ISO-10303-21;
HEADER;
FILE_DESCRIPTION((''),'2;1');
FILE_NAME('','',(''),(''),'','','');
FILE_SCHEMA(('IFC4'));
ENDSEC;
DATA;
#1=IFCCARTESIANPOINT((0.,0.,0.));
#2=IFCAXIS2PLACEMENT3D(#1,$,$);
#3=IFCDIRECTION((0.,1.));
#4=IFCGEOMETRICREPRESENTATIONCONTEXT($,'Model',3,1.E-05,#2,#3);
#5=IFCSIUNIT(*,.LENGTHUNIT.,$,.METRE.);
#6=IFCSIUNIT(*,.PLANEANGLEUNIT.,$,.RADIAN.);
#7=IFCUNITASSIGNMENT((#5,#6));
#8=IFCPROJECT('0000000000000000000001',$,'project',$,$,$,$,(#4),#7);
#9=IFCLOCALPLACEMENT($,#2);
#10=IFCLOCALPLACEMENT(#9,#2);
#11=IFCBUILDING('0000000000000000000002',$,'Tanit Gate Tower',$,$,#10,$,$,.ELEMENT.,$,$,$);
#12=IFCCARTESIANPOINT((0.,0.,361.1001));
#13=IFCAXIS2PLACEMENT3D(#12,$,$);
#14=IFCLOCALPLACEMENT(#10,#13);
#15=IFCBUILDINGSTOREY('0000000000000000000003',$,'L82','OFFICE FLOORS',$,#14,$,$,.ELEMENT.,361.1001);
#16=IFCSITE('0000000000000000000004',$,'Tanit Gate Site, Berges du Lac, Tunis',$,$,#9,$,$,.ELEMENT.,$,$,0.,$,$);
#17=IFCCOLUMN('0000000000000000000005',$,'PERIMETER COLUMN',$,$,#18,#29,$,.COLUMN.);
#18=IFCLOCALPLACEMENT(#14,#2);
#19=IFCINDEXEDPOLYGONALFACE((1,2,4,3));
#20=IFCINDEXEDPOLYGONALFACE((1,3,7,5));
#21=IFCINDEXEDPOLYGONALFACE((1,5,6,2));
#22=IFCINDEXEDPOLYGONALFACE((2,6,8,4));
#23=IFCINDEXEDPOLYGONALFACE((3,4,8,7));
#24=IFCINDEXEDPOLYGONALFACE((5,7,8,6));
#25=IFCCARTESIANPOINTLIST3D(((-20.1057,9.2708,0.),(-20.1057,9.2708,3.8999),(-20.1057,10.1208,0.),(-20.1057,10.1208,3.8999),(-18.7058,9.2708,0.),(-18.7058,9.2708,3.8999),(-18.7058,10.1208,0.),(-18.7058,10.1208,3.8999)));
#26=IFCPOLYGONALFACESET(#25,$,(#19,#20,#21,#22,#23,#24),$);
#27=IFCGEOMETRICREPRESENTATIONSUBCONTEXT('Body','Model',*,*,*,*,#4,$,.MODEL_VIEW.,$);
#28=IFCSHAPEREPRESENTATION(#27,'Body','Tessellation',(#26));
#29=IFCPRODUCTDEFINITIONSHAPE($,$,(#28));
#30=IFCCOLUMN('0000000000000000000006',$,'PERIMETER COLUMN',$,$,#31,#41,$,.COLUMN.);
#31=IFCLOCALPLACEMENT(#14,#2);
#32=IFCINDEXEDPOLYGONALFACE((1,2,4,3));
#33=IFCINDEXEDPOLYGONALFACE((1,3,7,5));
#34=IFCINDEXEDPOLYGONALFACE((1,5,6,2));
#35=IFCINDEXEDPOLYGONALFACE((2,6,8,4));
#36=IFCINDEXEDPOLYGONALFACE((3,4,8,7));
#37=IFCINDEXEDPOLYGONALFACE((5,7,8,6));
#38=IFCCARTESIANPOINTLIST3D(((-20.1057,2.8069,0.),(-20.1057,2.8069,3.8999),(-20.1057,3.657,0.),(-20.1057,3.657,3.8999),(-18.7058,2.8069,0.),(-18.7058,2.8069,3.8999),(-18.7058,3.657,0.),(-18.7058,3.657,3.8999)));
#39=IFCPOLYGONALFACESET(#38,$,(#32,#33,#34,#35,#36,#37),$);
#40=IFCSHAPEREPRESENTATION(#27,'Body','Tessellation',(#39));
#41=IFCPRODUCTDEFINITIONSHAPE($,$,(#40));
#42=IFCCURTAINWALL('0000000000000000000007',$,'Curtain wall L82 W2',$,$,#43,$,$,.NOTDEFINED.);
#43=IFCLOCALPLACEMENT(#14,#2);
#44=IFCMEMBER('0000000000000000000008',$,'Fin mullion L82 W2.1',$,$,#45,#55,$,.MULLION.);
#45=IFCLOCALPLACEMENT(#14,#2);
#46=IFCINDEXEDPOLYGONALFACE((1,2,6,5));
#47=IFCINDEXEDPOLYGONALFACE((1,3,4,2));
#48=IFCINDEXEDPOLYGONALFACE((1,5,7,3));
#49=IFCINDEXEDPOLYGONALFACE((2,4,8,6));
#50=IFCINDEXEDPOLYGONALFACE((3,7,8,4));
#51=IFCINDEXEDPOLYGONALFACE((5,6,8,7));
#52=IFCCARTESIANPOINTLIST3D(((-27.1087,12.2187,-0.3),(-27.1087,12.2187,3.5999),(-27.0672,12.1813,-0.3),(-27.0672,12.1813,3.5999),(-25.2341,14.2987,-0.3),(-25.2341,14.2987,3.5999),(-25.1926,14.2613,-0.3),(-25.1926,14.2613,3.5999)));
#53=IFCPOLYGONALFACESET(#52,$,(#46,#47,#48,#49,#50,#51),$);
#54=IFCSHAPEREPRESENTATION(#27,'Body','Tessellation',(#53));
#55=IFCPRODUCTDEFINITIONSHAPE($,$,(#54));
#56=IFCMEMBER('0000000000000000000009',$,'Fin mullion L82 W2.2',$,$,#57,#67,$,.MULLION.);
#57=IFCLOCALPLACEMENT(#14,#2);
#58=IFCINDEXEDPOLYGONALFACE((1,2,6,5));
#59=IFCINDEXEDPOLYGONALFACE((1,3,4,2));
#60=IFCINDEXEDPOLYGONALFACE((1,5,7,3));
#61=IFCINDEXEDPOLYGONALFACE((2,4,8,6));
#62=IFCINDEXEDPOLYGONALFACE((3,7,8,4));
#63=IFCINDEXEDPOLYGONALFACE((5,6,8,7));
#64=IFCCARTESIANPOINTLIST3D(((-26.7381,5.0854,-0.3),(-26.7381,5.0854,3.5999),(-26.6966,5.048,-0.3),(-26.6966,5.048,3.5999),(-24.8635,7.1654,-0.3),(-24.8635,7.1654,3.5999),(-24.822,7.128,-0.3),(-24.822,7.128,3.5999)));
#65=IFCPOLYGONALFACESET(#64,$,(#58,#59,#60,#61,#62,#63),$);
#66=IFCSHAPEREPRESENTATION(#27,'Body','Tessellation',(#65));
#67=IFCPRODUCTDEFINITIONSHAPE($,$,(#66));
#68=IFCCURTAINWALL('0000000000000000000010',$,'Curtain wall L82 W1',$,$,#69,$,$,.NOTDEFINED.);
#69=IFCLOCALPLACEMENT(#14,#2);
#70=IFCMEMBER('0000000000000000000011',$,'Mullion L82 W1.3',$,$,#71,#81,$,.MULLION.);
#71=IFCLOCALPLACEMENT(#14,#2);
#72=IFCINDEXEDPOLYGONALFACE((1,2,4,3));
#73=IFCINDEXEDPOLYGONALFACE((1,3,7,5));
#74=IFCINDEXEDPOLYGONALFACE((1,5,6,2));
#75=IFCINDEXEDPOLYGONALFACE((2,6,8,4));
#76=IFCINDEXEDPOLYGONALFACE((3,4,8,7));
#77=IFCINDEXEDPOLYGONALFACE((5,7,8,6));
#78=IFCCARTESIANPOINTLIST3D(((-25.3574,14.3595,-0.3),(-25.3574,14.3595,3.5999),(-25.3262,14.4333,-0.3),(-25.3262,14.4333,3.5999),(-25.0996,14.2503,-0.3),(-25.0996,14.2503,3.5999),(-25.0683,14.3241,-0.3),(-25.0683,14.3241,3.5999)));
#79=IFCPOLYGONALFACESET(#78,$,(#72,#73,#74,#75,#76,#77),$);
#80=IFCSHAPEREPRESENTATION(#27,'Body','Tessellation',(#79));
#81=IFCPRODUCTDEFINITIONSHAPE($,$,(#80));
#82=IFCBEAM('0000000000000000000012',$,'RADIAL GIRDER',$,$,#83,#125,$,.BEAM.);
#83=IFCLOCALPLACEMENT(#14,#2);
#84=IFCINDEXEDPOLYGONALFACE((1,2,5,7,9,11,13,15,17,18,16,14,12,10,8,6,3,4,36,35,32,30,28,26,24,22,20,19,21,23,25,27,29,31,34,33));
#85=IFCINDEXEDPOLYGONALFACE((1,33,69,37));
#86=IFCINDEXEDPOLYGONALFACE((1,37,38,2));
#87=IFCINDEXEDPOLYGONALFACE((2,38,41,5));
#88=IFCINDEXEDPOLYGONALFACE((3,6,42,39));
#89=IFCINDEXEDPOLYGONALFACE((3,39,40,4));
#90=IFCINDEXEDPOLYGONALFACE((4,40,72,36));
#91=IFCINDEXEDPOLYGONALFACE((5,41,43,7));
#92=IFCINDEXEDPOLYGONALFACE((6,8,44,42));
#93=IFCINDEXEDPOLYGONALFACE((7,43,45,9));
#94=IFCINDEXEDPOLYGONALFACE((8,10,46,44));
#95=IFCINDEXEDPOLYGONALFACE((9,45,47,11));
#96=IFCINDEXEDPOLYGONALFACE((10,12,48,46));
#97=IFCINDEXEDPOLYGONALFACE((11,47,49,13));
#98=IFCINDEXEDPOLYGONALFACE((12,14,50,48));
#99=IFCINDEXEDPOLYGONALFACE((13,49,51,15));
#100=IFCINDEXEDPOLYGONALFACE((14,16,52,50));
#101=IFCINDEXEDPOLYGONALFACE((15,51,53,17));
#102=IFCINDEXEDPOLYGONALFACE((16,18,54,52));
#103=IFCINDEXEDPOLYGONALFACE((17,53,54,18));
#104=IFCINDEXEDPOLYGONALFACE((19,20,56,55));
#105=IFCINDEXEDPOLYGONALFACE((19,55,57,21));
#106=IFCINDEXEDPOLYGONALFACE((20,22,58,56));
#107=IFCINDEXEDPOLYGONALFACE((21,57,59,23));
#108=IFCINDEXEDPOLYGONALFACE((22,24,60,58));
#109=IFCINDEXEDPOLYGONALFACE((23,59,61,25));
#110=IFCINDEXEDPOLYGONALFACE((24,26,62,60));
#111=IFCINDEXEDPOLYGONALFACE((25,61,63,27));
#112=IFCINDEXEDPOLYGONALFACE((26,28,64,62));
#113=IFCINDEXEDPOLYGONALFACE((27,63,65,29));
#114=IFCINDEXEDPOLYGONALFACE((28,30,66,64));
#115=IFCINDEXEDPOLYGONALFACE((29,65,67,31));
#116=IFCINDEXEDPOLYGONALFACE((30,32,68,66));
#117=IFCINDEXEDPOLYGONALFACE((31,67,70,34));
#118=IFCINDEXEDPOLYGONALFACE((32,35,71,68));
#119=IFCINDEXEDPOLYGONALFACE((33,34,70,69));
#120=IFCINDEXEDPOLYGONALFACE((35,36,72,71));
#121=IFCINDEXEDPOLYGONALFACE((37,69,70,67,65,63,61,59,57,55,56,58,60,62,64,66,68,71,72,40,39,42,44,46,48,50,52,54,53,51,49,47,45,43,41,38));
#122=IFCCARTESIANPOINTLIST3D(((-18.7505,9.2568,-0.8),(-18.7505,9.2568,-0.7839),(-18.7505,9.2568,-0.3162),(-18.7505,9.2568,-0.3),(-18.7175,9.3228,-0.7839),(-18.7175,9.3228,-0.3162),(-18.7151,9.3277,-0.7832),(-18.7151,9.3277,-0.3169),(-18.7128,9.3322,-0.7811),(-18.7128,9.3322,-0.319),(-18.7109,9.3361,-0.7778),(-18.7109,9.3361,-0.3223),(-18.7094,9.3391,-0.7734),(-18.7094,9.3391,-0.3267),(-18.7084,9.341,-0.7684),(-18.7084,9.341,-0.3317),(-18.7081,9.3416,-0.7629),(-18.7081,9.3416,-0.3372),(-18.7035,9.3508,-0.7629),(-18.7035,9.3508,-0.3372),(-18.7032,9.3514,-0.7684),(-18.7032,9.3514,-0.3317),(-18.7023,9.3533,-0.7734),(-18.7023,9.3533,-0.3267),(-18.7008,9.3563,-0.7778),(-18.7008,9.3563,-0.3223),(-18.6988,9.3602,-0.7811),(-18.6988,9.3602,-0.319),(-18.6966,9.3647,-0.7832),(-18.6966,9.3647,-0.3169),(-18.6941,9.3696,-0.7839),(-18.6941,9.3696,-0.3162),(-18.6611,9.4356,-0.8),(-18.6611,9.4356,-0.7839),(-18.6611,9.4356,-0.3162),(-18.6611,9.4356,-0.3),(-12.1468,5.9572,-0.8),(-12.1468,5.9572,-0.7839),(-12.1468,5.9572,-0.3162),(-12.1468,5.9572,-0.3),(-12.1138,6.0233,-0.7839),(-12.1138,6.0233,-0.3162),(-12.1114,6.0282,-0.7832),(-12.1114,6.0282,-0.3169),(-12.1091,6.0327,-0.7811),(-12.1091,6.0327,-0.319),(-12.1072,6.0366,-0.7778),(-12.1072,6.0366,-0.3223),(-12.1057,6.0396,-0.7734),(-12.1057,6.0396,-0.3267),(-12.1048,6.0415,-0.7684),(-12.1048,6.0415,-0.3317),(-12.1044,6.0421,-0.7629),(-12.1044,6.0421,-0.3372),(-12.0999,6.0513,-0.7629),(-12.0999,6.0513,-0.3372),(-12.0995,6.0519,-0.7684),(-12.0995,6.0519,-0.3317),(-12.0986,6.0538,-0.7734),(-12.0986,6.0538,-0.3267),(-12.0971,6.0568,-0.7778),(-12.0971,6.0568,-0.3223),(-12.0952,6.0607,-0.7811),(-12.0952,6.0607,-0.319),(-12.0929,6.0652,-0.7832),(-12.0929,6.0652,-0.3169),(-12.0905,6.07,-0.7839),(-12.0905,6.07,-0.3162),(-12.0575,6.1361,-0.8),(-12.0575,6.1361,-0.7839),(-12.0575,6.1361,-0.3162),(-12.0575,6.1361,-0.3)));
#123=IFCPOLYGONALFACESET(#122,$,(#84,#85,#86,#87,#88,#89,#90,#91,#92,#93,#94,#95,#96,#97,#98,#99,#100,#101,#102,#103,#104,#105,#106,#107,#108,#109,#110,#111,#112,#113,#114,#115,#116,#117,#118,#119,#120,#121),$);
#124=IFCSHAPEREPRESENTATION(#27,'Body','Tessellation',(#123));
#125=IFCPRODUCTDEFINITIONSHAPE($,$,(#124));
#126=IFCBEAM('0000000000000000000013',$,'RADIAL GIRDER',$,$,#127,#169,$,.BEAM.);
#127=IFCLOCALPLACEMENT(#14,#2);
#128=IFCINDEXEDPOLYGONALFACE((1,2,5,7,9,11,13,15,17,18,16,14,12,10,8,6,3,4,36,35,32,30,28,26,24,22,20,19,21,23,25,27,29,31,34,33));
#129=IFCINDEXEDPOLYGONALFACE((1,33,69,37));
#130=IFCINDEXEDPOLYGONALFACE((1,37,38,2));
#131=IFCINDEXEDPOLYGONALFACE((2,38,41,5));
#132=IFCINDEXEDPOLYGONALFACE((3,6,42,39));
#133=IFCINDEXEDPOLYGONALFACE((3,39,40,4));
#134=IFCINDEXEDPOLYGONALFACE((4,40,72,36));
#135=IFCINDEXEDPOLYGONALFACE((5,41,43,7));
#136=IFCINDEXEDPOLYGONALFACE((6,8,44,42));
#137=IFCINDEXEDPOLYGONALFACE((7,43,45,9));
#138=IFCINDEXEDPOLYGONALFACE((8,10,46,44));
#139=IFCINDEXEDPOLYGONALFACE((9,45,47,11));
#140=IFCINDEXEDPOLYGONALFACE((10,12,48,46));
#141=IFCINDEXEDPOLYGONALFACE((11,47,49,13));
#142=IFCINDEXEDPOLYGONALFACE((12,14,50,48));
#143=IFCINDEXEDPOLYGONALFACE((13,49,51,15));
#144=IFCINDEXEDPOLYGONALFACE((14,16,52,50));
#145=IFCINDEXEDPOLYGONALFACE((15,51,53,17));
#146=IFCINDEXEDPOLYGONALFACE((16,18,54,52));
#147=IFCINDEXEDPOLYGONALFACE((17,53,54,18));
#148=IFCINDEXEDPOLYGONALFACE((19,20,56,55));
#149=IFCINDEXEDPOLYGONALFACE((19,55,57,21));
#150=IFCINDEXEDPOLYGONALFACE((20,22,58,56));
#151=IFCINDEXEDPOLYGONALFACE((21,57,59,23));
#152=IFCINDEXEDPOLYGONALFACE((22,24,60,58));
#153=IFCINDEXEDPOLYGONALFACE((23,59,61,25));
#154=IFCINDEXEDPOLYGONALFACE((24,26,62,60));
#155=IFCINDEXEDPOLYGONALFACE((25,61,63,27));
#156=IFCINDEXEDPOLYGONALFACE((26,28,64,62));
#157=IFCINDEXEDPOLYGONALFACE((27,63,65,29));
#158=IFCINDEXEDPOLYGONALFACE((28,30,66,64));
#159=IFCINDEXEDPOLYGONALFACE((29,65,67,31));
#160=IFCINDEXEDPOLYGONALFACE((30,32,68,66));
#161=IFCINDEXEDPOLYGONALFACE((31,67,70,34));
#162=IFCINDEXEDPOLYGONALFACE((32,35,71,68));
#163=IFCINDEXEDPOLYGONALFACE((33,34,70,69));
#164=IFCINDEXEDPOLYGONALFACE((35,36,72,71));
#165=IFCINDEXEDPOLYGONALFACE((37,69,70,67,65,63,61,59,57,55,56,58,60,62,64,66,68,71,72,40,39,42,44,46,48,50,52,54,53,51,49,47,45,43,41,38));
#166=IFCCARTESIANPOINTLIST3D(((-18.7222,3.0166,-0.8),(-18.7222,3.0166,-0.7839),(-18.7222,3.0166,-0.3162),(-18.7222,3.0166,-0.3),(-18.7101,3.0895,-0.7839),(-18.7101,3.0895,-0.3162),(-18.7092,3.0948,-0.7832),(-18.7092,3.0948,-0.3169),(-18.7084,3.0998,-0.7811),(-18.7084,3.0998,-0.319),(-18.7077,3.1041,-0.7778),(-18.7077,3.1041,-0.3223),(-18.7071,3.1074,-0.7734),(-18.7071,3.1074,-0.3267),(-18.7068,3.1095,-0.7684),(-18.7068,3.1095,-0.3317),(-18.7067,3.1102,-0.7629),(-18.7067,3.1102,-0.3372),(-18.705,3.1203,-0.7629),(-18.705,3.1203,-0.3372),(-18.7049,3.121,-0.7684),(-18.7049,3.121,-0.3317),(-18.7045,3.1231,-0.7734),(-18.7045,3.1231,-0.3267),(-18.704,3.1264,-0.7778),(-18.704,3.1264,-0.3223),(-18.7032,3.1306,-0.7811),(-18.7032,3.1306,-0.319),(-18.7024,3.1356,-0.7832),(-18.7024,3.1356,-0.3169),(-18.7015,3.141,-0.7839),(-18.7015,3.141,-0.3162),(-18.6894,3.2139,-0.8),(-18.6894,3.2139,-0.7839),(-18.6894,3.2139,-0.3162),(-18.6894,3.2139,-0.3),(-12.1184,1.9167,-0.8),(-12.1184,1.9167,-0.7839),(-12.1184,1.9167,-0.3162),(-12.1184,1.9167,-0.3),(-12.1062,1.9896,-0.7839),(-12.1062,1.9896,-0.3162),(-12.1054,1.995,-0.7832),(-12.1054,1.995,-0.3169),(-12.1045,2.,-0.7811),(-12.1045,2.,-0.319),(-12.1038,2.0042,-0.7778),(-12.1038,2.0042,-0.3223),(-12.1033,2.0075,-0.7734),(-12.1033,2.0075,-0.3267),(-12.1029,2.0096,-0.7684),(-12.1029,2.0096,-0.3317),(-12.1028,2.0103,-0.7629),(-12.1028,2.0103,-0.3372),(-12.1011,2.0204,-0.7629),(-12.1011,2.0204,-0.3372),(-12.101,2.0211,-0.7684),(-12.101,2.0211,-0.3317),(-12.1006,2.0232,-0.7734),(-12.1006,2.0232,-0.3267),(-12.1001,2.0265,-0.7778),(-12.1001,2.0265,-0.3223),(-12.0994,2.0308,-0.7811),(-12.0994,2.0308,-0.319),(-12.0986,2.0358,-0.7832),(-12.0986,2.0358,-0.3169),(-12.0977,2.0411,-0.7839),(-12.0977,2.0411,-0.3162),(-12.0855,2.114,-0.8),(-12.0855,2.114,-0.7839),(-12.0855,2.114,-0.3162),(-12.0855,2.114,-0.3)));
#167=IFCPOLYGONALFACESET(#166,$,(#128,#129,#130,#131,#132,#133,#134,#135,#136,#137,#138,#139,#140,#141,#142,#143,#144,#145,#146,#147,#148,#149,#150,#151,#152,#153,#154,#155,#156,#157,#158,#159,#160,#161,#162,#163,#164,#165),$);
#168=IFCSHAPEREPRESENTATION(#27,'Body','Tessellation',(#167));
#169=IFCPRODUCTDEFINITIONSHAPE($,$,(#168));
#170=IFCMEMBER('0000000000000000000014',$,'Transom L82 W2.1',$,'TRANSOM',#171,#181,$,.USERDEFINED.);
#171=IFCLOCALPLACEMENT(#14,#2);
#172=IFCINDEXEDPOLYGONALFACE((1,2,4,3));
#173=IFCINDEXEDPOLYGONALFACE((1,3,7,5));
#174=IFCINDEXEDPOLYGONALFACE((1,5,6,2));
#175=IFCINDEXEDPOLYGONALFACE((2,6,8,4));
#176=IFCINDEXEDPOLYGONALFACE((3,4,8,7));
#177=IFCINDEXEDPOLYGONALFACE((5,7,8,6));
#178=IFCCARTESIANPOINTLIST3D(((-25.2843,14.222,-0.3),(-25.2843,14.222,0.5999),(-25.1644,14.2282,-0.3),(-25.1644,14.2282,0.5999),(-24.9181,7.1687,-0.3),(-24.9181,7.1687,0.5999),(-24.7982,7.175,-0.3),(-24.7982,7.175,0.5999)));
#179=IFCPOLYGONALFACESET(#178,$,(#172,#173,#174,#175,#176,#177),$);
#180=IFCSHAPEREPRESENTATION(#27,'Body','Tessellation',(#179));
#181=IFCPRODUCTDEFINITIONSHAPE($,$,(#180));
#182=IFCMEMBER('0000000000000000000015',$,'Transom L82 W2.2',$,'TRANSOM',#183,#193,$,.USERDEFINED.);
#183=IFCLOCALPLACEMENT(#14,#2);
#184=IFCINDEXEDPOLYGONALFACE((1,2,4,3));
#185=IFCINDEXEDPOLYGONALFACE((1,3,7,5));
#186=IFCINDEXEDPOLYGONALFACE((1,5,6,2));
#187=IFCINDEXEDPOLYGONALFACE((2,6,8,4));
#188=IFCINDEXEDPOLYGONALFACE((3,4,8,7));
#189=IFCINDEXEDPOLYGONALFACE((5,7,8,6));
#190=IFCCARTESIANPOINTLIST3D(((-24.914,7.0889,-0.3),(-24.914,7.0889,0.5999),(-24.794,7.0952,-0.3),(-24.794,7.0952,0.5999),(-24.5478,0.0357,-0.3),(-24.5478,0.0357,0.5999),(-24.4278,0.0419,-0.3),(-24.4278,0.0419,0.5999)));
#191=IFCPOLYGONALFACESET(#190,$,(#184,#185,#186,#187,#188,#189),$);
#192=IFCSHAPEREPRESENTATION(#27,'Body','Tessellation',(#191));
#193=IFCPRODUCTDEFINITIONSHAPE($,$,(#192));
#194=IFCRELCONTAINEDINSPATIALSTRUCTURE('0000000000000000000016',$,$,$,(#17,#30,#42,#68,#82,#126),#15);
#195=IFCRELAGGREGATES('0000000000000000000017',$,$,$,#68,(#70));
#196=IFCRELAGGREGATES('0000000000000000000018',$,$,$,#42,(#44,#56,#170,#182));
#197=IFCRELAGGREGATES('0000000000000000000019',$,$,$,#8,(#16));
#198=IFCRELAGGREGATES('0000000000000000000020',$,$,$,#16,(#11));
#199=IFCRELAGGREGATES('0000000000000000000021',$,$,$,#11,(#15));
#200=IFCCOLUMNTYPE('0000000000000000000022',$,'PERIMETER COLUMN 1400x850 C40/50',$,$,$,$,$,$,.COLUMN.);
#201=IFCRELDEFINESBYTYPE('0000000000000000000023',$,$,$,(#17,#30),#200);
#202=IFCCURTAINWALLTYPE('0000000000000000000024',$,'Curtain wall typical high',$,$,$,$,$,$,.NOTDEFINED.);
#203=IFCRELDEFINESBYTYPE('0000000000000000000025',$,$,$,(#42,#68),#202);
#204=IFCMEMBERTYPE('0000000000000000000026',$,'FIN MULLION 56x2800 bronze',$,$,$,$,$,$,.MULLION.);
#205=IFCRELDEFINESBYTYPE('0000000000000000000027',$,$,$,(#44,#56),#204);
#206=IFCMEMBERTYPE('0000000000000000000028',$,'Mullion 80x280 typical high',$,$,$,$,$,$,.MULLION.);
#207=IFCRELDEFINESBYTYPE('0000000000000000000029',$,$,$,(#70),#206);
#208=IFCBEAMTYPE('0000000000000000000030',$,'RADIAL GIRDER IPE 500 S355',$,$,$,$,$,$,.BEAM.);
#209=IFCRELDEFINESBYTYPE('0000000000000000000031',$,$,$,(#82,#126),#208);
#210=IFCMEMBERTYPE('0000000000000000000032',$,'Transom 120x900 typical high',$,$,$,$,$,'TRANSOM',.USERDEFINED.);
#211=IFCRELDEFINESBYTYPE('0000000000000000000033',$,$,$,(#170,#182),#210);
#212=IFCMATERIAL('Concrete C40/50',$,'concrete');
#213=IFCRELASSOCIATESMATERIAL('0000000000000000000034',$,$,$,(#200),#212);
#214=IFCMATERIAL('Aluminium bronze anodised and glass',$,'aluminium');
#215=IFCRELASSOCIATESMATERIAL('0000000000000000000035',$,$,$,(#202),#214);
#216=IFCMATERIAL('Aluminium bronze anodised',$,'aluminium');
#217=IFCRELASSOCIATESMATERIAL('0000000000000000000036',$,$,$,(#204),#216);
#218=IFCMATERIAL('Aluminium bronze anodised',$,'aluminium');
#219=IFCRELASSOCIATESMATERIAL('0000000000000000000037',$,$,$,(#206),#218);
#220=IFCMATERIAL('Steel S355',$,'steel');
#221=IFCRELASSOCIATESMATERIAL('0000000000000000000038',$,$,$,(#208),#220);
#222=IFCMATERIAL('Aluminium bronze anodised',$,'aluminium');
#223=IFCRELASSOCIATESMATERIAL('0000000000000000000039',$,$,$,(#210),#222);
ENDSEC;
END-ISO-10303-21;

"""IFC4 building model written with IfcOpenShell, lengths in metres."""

from ifc_helpers import new_model, si_unit, direction, frame, origin, origin_2d, place, context, subcontext, project, spatial, rectangle, i_section, extrude, material, material_profile, profile_set, type_object, element, aggregate, save


model = new_model("IFC4")

# Units and contexts
model_context = context("Model", 3, precision=1e-05, world=origin(), true_north=direction((0.0, 1.0)))
body_context = subcontext(model_context, "Body", "Model", "MODEL_VIEW")
ifc_project = project(units=[si_unit("LENGTHUNIT", "METRE"), si_unit("PLANEANGLEUNIT", "RADIAN")], contexts=[model_context])

# Site, building, storey
site_placement = place(None, origin())
site = spatial("IfcSite", under=ifc_project, at=site_placement, Name="Tanit Gate Site, Berges du Lac, Tunis", CompositionType="ELEMENT", RefElevation=0.0)
building_placement = place(site_placement, origin())
building = spatial("IfcBuilding", under=site, at=building_placement, Name="Tanit Gate Tower", CompositionType="ELEMENT")
storey_placement = place(building_placement, frame((0.0, 0.0, 361.1001)))
storey = spatial("IfcBuildingStorey", under=building, at=storey_placement, Name="L82", Description="OFFICE FLOORS", CompositionType="ELEMENT", Elevation=361.1001)

# Columns
ifc_material_1 = material(Name="Concrete C40/50", Category="concrete")
ifc_material_profile_1 = material_profile(ifc_material_1, rectangle(XDim=1.3999, YDim=0.8501, at=origin_2d()), Name="RC 1400x850")
ifc_profile_set_1 = profile_set([ifc_material_profile_1], Name="Concrete C40/50")
column_type = type_object("IfcColumnType", Name="PERIMETER COLUMN 1400x850 C40/50", PredefinedType="COLUMN", material=ifc_profile_set_1)
for number, where, z_axis, x_axis, name in (
    (1, (-19.4058, 9.6958, 0.0), (0.0, 0.0, 1.0), (-1.0, 0.0, 0.0), "PERIMETER COLUMN"),
    (2, (-19.4058, 3.2319, 0.0), (0.0, 0.0, 1.0), (-1.0, 0.0, 0.0), "PERIMETER COLUMN"),
):
    element("IfcColumn", number, at=place(storey_placement, frame(where, z_axis=z_axis, x_axis=x_axis)), inside=storey, type_object=column_type, Name=name, PredefinedType="COLUMN", context=body_context, shape_type="SweptSolid", body=[
        extrude(rectangle(XDim=1.3999, YDim=0.8501, at=origin_2d()), origin(), (0.0, 0.0, 1.0), 3.8999),
    ])

# Curtain wall, members
ifc_material_2 = material(Name="Aluminium bronze anodised and glass", Category="aluminium")
curtain_wall_type = type_object("IfcCurtainWallType", Name="Curtain wall typical high", PredefinedType="NOTDEFINED", material=ifc_material_2)
curtain_wall_1_placement = place(storey_placement, origin())
curtain_wall_1 = element("IfcCurtainWall", 3, at=curtain_wall_1_placement, inside=storey, type_object=curtain_wall_type, Name="Curtain wall L82 W2", PredefinedType="NOTDEFINED")
ifc_material_3 = material(Name="Aluminium bronze anodised", Category="aluminium")
ifc_material_profile_2 = material_profile(ifc_material_3, rectangle(XDim=2.8, YDim=0.0559, at=origin_2d()), Name="56x2800 bronze fin mullion")
ifc_profile_set_2 = profile_set([ifc_material_profile_2], Name="Aluminium bronze anodised")
member_type_1 = type_object("IfcMemberType", Name="FIN MULLION 56x2800 bronze", PredefinedType="MULLION", material=ifc_profile_set_2)
member_1_placement = place(storey_placement, frame((-26.1506, 13.24, -0.3), z_axis=(0.0, 0.0, 1.0), x_axis=(0.669481, 0.742829, 0.0)))
member_1 = element("IfcMember", 4, at=member_1_placement, type_object=member_type_1, Name="Fin mullion L82 W2.1", PredefinedType="MULLION", context=body_context, shape_type="SweptSolid", body=[
    extrude(rectangle(XDim=2.8, YDim=0.0559, at=origin_2d()), origin(), (0.0, 0.0, 1.0), 3.8999),
])
member_2_placement = place(storey_placement, frame((-25.78, 6.1067, -0.3), z_axis=(0.0, 0.0, 1.0), x_axis=(0.669481, 0.742829, 0.0)))
member_2 = element("IfcMember", 5, at=member_2_placement, type_object=member_type_1, Name="Fin mullion L82 W2.2", PredefinedType="MULLION", context=body_context, shape_type="SweptSolid", body=[
    extrude(rectangle(XDim=2.8, YDim=0.0559, at=origin_2d()), origin(), (0.0, 0.0, 1.0), 3.8999),
])

# Curtain wall, member
curtain_wall_2_placement = place(storey_placement, origin())
curtain_wall_2 = element("IfcCurtainWall", 6, at=curtain_wall_2_placement, inside=storey, type_object=curtain_wall_type, Name="Curtain wall L82 W1", PredefinedType="NOTDEFINED")
ifc_material_4 = material(Name="Aluminium bronze anodised", Category="aluminium")
ifc_material_profile_3 = material_profile(ifc_material_4, rectangle(XDim=0.28, YDim=0.0801, at=origin_2d()), Name="80x280 bronze mullion")
ifc_profile_set_3 = profile_set([ifc_material_profile_3], Name="Aluminium bronze anodised")
member_type_2 = type_object("IfcMemberType", Name="Mullion 80x280 typical high", PredefinedType="MULLION", material=ifc_profile_set_3)
member_3_placement = place(storey_placement, frame((-25.2129, 14.3418, -0.3), z_axis=(0.0, 0.0, 1.0), x_axis=(0.920855, -0.389906, 0.0)))
member_3 = element("IfcMember", 7, at=member_3_placement, type_object=member_type_2, Name="Mullion L82 W1.3", PredefinedType="MULLION", context=body_context, shape_type="SweptSolid", body=[
    extrude(rectangle(XDim=0.28, YDim=0.0801, at=origin_2d()), origin(), (0.0, 0.0, 1.0), 3.8999),
])
aggregate(curtain_wall_2, [member_3])

# Beams
ifc_material_5 = material(Name="Steel S355", Category="steel")
ifc_material_profile_4 = material_profile(ifc_material_5, i_section(OverallWidth=0.2, OverallDepth=0.5, WebThickness=0.0103, FlangeThickness=0.0161, FilletRadius=0.021, at=origin_2d()), Name="IPE 500")
ifc_profile_set_4 = profile_set([ifc_material_profile_4], Name="Steel S355")
beam_type = type_object("IfcBeamType", Name="RADIAL GIRDER IPE 500 S355", PredefinedType="BEAM", material=ifc_profile_set_4)
beam_1_placement = place(storey_placement, frame((-18.7058, 9.3462, -0.55), z_axis=(0.894553, -0.446962, 0.0), x_axis=(0.446962, 0.894553, 0.0)))
element("IfcBeam", 8, at=beam_1_placement, inside=storey, type_object=beam_type, Name="RADIAL GIRDER", PredefinedType="BEAM", context=body_context, shape_type="SweptSolid", body=[
    extrude(i_section(OverallWidth=0.2, OverallDepth=0.5, WebThickness=0.0103, FlangeThickness=0.0161, FilletRadius=0.021, at=origin_2d()), origin(), (0.0, 0.0, 1.0), 7.3821),
])
beam_2_placement = place(storey_placement, frame((-18.7058, 3.1152, -0.55), z_axis=(0.986413, -0.164287, 0.0), x_axis=(0.164287, 0.986413, 0.0)))
element("IfcBeam", 9, at=beam_2_placement, inside=storey, type_object=beam_type, Name="RADIAL GIRDER", PredefinedType="BEAM", context=body_context, shape_type="SweptSolid", body=[
    extrude(i_section(OverallWidth=0.2, OverallDepth=0.5, WebThickness=0.0103, FlangeThickness=0.0161, FilletRadius=0.021, at=origin_2d()), origin(), (0.0, 0.0, 1.0), 6.6948),
])

# Members
ifc_material_6 = material(Name="Aluminium bronze anodised", Category="aluminium")
ifc_material_profile_5 = material_profile(ifc_material_6, rectangle(XDim=0.1201, YDim=0.8999, at=origin_2d()), Name="120x900 bronze transom")
ifc_profile_set_5 = profile_set([ifc_material_profile_5], Name="Aluminium bronze anodised")
member_type_3 = type_object("IfcMemberType", Name="Transom 120x900 typical high", ElementType="TRANSOM", PredefinedType="USERDEFINED", material=ifc_profile_set_5)
member_4_placement = place(storey_placement, frame((-25.2244, 14.2251, 0.1499), z_axis=(0.051851, -0.998655, 0.0), x_axis=(0.998655, 0.051851, 0.0)))
member_4 = element("IfcMember", 10, at=member_4_placement, type_object=member_type_3, Name="Transom L82 W2.1", ObjectType="TRANSOM", PredefinedType="USERDEFINED", context=body_context, shape_type="SweptSolid", body=[
    extrude(rectangle(XDim=0.1201, YDim=0.8999, at=origin_2d()), origin(), (0.0, 0.0, 1.0), 7.0627),
])
member_5_placement = place(storey_placement, frame((-24.854, 7.092, 0.1499), z_axis=(0.051851, -0.998655, 0.0), x_axis=(0.998655, 0.051851, 0.0)))
member_5 = element("IfcMember", 11, at=member_5_placement, type_object=member_type_3, Name="Transom L82 W2.2", ObjectType="TRANSOM", PredefinedType="USERDEFINED", context=body_context, shape_type="SweptSolid", body=[
    extrude(rectangle(XDim=0.1201, YDim=0.8999, at=origin_2d()), origin(), (0.0, 0.0, 1.0), 7.0627),
])

aggregate(curtain_wall_1, [member_1, member_2, member_4, member_5])

save(model, "model.ifc")
